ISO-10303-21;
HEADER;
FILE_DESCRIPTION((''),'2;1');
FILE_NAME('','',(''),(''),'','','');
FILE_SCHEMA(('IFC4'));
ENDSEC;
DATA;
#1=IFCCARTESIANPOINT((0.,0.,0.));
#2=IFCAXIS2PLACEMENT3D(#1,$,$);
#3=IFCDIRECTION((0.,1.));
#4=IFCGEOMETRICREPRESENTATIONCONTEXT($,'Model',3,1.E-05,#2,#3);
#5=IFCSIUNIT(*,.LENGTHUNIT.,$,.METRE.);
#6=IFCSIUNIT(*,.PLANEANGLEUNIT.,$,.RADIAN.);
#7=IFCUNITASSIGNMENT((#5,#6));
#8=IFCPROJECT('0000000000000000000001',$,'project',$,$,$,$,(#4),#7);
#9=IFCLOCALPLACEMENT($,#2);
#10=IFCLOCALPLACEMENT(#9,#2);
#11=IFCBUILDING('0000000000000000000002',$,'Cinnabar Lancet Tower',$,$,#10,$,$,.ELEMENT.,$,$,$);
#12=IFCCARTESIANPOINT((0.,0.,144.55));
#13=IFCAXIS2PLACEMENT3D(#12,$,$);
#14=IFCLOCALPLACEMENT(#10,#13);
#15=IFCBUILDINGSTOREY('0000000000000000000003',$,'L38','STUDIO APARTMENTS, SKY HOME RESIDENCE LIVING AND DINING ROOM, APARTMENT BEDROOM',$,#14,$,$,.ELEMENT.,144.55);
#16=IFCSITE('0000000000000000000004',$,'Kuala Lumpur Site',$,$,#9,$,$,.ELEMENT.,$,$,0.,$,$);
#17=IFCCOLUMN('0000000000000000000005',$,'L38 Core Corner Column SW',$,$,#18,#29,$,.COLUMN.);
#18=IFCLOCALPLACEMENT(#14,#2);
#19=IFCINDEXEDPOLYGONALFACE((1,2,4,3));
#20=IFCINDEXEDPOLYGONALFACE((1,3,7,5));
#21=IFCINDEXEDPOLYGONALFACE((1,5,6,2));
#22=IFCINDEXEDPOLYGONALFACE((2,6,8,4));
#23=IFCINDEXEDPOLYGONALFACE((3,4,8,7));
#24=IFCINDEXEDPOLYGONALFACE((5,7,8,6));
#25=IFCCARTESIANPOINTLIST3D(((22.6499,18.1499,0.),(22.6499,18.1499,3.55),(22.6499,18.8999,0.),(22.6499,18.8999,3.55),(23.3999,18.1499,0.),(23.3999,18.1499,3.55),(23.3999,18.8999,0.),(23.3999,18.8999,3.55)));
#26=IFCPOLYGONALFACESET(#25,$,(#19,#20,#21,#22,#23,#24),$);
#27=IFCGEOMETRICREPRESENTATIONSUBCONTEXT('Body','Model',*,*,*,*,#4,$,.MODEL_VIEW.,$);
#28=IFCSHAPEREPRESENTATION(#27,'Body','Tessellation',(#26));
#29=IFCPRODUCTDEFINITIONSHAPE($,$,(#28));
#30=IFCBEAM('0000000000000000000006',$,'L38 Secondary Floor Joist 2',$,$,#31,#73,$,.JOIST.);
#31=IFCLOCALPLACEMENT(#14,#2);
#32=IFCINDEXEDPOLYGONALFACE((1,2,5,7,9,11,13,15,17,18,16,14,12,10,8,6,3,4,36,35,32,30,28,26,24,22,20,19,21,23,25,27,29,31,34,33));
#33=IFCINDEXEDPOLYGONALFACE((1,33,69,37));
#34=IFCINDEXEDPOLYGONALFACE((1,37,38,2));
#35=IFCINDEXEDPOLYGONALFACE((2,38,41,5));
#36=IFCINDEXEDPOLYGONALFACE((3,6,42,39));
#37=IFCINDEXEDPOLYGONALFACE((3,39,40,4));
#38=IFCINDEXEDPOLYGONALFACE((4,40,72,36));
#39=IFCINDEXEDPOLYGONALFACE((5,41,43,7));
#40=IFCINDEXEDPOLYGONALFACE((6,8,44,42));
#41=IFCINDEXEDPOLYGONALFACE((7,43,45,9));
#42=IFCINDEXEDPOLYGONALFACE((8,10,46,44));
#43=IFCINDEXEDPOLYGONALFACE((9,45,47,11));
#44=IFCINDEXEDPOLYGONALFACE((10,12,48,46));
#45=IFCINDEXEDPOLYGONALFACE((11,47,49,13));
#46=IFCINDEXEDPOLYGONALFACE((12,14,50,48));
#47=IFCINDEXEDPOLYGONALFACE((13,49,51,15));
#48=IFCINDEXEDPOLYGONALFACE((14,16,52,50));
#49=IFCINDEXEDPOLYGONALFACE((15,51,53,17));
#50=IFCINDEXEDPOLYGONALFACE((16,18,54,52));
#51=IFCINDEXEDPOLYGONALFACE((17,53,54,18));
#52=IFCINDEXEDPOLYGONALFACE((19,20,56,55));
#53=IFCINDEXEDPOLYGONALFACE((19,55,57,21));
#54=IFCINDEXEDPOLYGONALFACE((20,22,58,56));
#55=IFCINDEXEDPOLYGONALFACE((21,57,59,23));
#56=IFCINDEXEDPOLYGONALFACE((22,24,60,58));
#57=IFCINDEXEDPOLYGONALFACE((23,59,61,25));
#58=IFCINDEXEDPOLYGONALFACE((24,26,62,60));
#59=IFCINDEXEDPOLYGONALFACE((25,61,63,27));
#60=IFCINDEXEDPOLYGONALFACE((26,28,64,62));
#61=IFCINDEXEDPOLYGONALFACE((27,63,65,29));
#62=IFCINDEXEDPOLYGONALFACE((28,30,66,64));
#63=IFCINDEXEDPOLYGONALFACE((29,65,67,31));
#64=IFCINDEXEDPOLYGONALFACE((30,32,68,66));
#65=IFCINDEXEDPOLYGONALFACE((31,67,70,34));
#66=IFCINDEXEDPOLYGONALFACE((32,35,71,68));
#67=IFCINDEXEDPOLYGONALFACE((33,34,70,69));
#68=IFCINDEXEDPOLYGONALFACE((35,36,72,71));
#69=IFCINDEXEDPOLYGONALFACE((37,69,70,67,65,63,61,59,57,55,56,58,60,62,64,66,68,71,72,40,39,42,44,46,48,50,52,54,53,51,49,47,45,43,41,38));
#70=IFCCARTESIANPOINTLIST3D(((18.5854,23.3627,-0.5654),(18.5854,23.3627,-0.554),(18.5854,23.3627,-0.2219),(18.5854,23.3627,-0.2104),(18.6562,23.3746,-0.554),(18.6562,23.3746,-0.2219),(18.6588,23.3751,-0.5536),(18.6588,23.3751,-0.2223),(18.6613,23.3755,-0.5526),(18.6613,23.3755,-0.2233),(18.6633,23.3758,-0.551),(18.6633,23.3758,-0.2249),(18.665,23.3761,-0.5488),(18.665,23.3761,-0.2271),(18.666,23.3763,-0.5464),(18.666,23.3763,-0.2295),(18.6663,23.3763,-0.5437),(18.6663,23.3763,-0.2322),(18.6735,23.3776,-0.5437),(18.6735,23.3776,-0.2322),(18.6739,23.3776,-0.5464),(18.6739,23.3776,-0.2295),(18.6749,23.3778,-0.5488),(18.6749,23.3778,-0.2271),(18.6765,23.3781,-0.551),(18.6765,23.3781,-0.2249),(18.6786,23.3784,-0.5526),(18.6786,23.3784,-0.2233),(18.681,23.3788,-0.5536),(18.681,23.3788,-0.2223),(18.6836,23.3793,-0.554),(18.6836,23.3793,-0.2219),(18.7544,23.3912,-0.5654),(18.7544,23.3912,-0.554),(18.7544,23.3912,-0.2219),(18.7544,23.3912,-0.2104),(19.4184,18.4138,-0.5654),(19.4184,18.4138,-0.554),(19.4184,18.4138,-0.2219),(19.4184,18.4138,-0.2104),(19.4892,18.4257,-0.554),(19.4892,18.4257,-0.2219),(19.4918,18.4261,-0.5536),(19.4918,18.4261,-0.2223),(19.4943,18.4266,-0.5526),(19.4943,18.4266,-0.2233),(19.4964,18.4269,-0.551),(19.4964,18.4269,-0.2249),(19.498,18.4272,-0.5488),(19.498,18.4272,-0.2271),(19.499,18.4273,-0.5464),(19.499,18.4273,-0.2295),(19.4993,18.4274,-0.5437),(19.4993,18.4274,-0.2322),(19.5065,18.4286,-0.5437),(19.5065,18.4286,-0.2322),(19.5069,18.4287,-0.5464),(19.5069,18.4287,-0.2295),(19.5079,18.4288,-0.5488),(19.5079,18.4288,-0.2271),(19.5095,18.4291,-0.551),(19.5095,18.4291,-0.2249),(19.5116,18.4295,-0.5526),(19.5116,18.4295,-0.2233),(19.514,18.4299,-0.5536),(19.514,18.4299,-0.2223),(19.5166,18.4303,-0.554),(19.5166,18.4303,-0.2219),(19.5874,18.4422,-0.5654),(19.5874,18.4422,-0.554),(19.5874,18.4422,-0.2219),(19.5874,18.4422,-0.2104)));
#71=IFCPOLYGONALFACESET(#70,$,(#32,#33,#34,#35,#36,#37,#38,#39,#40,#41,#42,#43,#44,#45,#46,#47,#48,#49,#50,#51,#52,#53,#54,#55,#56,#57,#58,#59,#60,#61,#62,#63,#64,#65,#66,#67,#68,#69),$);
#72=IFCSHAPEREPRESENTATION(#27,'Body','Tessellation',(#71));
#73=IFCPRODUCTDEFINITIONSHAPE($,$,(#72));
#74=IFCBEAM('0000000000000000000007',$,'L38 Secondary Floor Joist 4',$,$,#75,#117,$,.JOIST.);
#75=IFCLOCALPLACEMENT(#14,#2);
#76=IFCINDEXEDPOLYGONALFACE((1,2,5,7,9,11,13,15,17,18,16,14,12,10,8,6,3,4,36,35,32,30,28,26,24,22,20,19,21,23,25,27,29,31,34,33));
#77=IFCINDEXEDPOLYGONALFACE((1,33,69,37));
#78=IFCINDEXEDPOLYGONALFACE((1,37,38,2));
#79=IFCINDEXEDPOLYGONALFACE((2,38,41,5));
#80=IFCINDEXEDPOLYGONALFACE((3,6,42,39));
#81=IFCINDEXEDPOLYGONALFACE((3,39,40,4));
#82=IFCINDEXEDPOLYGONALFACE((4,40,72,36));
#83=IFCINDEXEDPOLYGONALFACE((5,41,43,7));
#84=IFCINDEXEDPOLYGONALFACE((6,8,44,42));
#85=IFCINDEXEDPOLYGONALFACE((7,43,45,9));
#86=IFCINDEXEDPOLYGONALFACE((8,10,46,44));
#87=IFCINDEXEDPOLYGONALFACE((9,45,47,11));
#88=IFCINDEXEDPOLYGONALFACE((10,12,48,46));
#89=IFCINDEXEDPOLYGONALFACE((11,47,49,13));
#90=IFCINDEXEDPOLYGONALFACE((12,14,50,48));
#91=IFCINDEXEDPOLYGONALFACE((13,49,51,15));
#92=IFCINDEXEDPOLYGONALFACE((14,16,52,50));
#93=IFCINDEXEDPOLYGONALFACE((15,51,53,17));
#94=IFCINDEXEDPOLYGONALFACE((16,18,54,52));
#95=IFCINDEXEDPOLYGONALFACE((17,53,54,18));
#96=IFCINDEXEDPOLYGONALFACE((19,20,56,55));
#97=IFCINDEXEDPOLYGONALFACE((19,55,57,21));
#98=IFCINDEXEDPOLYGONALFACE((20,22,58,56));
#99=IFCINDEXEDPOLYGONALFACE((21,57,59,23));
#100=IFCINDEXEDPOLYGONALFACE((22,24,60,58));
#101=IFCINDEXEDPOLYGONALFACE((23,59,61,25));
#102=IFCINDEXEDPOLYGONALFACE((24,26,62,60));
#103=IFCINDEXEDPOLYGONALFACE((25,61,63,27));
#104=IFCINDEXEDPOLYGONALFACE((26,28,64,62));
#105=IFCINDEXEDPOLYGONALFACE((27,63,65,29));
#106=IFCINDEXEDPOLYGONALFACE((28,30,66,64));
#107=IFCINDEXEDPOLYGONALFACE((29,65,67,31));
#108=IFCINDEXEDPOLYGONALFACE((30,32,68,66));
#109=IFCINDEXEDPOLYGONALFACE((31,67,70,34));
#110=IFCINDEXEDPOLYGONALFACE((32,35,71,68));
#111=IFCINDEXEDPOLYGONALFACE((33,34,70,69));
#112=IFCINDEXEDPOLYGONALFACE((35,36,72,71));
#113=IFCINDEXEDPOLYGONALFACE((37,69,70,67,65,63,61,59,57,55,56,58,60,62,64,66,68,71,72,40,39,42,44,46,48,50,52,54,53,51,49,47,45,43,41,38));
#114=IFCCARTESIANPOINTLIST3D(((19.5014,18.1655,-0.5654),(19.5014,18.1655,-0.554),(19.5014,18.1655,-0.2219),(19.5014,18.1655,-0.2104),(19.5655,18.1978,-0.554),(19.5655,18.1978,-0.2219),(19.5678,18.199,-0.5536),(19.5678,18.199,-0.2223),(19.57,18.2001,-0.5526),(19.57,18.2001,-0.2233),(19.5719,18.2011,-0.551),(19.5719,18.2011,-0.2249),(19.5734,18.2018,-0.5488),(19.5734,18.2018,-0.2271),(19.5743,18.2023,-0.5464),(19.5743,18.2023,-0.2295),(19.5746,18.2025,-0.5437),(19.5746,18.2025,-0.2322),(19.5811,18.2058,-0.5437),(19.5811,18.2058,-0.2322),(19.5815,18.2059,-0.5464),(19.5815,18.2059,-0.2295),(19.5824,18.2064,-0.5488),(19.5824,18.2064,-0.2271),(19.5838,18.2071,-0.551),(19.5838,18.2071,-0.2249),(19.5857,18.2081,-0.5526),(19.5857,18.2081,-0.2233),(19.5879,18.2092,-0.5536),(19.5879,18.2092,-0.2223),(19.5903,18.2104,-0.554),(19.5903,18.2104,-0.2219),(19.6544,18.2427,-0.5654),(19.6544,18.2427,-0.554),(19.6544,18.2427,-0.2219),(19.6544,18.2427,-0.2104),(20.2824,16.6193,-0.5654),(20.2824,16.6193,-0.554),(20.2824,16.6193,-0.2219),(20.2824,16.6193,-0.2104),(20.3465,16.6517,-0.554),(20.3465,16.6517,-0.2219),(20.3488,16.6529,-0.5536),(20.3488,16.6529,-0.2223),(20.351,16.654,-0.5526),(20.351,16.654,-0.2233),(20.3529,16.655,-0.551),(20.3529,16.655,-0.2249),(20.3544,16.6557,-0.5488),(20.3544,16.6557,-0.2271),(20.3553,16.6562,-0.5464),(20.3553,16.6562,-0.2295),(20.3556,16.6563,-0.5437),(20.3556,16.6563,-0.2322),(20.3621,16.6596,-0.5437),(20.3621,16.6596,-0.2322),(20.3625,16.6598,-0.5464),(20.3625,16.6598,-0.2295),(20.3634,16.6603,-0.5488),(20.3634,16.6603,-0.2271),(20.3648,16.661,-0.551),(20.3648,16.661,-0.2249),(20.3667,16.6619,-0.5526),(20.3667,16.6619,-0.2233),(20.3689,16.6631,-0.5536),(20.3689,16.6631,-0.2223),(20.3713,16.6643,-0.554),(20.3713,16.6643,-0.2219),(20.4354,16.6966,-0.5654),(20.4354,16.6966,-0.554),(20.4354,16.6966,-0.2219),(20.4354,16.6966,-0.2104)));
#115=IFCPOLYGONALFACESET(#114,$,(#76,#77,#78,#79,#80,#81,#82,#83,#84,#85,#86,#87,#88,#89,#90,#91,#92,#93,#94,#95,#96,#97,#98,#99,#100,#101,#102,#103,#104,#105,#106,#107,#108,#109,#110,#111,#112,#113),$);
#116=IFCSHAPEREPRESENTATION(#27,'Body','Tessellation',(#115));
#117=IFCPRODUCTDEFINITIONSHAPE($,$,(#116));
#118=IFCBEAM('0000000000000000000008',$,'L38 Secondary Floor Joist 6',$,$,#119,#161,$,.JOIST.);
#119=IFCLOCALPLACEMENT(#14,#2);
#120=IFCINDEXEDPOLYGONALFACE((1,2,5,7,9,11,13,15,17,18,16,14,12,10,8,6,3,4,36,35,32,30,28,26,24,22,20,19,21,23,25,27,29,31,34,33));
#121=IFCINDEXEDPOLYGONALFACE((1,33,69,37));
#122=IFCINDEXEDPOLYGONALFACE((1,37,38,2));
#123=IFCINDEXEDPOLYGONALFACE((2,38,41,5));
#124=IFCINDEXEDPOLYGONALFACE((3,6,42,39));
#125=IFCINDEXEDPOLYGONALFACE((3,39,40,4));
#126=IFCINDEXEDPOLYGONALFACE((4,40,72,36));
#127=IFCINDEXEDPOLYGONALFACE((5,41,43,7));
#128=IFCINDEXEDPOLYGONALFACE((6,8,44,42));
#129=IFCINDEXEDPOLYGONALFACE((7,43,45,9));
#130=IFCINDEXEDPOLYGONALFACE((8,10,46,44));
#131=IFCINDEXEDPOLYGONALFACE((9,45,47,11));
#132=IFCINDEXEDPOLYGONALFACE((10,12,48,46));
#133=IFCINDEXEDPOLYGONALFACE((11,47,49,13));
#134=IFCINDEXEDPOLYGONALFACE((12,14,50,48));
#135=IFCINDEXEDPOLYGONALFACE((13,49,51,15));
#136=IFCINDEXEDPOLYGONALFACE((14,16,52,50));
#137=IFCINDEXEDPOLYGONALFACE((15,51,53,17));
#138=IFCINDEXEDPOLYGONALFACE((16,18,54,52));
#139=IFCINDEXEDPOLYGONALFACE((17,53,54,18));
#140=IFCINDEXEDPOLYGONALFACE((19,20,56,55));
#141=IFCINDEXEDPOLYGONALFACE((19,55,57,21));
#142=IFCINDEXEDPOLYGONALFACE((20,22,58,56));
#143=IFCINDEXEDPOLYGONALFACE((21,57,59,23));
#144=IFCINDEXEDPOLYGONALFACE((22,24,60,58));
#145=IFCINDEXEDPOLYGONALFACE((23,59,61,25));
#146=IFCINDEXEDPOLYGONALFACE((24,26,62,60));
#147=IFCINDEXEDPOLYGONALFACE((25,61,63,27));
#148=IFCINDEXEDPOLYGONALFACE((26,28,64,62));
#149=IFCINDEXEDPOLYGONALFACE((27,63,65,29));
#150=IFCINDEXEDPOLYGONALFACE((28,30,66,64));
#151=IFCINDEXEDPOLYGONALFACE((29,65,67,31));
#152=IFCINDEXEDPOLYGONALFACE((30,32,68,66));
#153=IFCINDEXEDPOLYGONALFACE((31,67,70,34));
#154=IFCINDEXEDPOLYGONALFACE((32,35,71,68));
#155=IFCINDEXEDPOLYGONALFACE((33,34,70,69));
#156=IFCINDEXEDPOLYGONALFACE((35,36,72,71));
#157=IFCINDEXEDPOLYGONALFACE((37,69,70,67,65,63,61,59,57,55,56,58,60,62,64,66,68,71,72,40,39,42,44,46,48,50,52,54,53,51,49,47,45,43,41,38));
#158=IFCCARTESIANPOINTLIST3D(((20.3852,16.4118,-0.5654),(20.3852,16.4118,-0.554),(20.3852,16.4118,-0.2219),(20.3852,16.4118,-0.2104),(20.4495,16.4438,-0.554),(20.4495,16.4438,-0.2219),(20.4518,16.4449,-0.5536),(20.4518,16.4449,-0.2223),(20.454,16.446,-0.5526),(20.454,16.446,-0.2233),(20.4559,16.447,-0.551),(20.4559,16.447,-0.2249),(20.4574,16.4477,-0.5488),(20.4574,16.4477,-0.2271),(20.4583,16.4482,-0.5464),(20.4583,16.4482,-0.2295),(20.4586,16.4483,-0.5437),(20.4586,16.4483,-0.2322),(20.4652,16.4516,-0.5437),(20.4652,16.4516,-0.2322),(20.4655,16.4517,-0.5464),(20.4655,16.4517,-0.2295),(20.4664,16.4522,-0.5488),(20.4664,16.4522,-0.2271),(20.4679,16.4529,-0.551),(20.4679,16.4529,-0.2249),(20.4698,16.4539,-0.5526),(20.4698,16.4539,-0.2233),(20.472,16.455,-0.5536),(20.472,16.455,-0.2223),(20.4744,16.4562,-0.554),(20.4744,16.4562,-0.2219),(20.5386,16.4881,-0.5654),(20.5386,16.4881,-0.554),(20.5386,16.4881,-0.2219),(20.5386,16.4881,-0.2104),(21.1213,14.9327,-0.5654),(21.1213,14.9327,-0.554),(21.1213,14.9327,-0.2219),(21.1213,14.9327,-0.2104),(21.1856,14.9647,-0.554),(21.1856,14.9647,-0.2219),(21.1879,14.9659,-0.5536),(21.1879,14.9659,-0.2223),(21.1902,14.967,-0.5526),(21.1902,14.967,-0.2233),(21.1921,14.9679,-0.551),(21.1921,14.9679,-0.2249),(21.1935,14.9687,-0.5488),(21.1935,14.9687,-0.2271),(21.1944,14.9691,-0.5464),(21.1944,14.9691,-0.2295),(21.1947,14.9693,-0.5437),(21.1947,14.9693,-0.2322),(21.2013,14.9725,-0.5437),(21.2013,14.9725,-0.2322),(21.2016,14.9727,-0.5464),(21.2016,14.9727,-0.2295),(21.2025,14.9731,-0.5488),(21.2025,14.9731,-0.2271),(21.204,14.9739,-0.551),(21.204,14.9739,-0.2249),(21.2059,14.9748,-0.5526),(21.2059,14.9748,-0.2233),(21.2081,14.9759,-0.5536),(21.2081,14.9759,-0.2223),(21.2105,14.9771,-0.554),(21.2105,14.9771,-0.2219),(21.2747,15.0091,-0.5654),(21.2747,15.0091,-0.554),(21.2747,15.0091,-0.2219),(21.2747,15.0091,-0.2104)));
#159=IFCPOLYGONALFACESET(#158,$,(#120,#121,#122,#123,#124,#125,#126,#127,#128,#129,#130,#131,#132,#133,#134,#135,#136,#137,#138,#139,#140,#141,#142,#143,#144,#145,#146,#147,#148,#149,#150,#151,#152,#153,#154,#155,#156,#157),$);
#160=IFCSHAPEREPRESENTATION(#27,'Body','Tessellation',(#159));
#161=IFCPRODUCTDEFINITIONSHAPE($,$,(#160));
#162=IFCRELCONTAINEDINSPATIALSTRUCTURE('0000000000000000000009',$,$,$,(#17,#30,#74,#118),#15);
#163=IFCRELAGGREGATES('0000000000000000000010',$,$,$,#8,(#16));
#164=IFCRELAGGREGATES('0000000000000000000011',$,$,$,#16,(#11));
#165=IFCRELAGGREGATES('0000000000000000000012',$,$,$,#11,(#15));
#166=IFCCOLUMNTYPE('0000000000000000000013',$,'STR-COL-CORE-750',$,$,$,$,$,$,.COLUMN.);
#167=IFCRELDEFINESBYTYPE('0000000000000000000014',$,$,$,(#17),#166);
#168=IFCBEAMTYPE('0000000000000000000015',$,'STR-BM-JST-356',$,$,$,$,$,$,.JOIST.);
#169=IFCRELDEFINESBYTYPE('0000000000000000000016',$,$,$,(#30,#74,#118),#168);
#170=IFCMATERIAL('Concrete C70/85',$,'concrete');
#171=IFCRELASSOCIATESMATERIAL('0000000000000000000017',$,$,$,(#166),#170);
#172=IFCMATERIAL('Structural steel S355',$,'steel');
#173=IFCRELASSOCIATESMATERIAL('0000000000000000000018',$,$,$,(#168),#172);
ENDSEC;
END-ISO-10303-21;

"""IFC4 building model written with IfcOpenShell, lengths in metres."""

from ifc_helpers import new_model, si_unit, direction, frame, origin, origin_2d, place, context, subcontext, project, spatial, rectangle, i_section, extrude, material, material_profile, profile_set, type_object, element, save


model = new_model("IFC4")

# Units and contexts
model_context = context("Model", 3, precision=1e-05, world=origin(), true_north=direction((0.0, 1.0)))
body_context = subcontext(model_context, "Body", "Model", "MODEL_VIEW")
ifc_project = project(units=[si_unit("LENGTHUNIT", "METRE"), si_unit("PLANEANGLEUNIT", "RADIAN")], contexts=[model_context])

# Site, building, storey
site_placement = place(None, origin())
site = spatial("IfcSite", under=ifc_project, at=site_placement, Name="Kuala Lumpur Site", CompositionType="ELEMENT", RefElevation=0.0)
building_placement = place(site_placement, origin())
building = spatial("IfcBuilding", under=site, at=building_placement, Name="Cinnabar Lancet Tower", CompositionType="ELEMENT")
storey_placement = place(building_placement, frame((0.0, 0.0, 144.55)))
storey = spatial("IfcBuildingStorey", under=building, at=storey_placement, Name="L38", Description="STUDIO APARTMENTS, SKY HOME RESIDENCE LIVING AND DINING ROOM, APARTMENT BEDROOM", CompositionType="ELEMENT", Elevation=144.55)

# Column
ifc_material_1 = material(Name="Concrete C70/85", Category="concrete")
ifc_material_profile_1 = material_profile(ifc_material_1, rectangle(XDim=0.75, YDim=0.75, at=origin_2d()), Name="RC-COL 750x750")
ifc_profile_set_1 = profile_set([ifc_material_profile_1], Name="Concrete C70/85")
column_type = type_object("IfcColumnType", Name="STR-COL-CORE-750", PredefinedType="COLUMN", material=ifc_profile_set_1)
column_placement = place(storey_placement, frame((23.0249, 18.5249, 0.0), z_axis=(0.0, 0.0, 1.0), x_axis=(1.0, 0.0, 0.0)))
element("IfcColumn", 1, at=column_placement, inside=storey, type_object=column_type, Name="L38 Core Corner Column SW", PredefinedType="COLUMN", context=body_context, shape_type="SweptSolid", body=[
    extrude(rectangle(XDim=0.75, YDim=0.75, at=origin_2d()), origin(), (0.0, 0.0, 1.0), 3.55),
])

# Beams
ifc_material_2 = material(Name="Structural steel S355", Category="steel")
ifc_material_profile_2 = material_profile(ifc_material_2, i_section(OverallWidth=0.1714, OverallDepth=0.355, WebThickness=0.0073, FlangeThickness=0.0115, FilletRadius=0.0103, at=origin_2d()), Name="UKB 356x171x51")
ifc_profile_set_2 = profile_set([ifc_material_profile_2], Name="Structural steel S355")
beam_type_1 = type_object("IfcBeamType", Name="STR-BM-JST-356", PredefinedType="JOIST", material=ifc_profile_set_2)
beam_1_placement = place(storey_placement, frame((18.6699, 23.377, -0.3879), z_axis=(0.165984, -0.986128, 0.0), x_axis=(0.986128, 0.165984, 0.0)))
element("IfcBeam", 2, at=beam_1_placement, inside=storey, type_object=beam_type_1, Name="L38 Secondary Floor Joist 2", PredefinedType="JOIST", context=body_context, shape_type="SweptSolid", body=[
    extrude(i_section(OverallWidth=0.1714, OverallDepth=0.355, WebThickness=0.0073, FlangeThickness=0.0115, FilletRadius=0.0103, at=origin_2d()), origin(), (0.0, 0.0, 1.0), 5.0186),
])
beam_2_placement = place(storey_placement, frame((19.5779, 18.2041, -0.3879), z_axis=(0.450874, -0.892587, 0.0), x_axis=(0.892587, 0.450874, 0.0)))
element("IfcBeam", 3, at=beam_2_placement, inside=storey, type_object=beam_type_1, Name="L38 Secondary Floor Joist 4", PredefinedType="JOIST", context=body_context, shape_type="SweptSolid", body=[
    extrude(i_section(OverallWidth=0.1714, OverallDepth=0.355, WebThickness=0.0073, FlangeThickness=0.0115, FilletRadius=0.0103, at=origin_2d()), origin(), (0.0, 0.0, 1.0), 1.7322),
])
beam_3_placement = place(storey_placement, frame((20.4619, 16.45, -0.3879), z_axis=(0.445558, -0.895253, 0.0), x_axis=(0.895253, 0.445558, 0.0)))
element("IfcBeam", 4, at=beam_3_placement, inside=storey, type_object=beam_type_1, Name="L38 Secondary Floor Joist 6", PredefinedType="JOIST", context=body_context, shape_type="SweptSolid", body=[
    extrude(i_section(OverallWidth=0.1714, OverallDepth=0.355, WebThickness=0.0073, FlangeThickness=0.0115, FilletRadius=0.0103, at=origin_2d()), origin(), (0.0, 0.0, 1.0), 1.6521),
])

save(model, "model.ifc")
